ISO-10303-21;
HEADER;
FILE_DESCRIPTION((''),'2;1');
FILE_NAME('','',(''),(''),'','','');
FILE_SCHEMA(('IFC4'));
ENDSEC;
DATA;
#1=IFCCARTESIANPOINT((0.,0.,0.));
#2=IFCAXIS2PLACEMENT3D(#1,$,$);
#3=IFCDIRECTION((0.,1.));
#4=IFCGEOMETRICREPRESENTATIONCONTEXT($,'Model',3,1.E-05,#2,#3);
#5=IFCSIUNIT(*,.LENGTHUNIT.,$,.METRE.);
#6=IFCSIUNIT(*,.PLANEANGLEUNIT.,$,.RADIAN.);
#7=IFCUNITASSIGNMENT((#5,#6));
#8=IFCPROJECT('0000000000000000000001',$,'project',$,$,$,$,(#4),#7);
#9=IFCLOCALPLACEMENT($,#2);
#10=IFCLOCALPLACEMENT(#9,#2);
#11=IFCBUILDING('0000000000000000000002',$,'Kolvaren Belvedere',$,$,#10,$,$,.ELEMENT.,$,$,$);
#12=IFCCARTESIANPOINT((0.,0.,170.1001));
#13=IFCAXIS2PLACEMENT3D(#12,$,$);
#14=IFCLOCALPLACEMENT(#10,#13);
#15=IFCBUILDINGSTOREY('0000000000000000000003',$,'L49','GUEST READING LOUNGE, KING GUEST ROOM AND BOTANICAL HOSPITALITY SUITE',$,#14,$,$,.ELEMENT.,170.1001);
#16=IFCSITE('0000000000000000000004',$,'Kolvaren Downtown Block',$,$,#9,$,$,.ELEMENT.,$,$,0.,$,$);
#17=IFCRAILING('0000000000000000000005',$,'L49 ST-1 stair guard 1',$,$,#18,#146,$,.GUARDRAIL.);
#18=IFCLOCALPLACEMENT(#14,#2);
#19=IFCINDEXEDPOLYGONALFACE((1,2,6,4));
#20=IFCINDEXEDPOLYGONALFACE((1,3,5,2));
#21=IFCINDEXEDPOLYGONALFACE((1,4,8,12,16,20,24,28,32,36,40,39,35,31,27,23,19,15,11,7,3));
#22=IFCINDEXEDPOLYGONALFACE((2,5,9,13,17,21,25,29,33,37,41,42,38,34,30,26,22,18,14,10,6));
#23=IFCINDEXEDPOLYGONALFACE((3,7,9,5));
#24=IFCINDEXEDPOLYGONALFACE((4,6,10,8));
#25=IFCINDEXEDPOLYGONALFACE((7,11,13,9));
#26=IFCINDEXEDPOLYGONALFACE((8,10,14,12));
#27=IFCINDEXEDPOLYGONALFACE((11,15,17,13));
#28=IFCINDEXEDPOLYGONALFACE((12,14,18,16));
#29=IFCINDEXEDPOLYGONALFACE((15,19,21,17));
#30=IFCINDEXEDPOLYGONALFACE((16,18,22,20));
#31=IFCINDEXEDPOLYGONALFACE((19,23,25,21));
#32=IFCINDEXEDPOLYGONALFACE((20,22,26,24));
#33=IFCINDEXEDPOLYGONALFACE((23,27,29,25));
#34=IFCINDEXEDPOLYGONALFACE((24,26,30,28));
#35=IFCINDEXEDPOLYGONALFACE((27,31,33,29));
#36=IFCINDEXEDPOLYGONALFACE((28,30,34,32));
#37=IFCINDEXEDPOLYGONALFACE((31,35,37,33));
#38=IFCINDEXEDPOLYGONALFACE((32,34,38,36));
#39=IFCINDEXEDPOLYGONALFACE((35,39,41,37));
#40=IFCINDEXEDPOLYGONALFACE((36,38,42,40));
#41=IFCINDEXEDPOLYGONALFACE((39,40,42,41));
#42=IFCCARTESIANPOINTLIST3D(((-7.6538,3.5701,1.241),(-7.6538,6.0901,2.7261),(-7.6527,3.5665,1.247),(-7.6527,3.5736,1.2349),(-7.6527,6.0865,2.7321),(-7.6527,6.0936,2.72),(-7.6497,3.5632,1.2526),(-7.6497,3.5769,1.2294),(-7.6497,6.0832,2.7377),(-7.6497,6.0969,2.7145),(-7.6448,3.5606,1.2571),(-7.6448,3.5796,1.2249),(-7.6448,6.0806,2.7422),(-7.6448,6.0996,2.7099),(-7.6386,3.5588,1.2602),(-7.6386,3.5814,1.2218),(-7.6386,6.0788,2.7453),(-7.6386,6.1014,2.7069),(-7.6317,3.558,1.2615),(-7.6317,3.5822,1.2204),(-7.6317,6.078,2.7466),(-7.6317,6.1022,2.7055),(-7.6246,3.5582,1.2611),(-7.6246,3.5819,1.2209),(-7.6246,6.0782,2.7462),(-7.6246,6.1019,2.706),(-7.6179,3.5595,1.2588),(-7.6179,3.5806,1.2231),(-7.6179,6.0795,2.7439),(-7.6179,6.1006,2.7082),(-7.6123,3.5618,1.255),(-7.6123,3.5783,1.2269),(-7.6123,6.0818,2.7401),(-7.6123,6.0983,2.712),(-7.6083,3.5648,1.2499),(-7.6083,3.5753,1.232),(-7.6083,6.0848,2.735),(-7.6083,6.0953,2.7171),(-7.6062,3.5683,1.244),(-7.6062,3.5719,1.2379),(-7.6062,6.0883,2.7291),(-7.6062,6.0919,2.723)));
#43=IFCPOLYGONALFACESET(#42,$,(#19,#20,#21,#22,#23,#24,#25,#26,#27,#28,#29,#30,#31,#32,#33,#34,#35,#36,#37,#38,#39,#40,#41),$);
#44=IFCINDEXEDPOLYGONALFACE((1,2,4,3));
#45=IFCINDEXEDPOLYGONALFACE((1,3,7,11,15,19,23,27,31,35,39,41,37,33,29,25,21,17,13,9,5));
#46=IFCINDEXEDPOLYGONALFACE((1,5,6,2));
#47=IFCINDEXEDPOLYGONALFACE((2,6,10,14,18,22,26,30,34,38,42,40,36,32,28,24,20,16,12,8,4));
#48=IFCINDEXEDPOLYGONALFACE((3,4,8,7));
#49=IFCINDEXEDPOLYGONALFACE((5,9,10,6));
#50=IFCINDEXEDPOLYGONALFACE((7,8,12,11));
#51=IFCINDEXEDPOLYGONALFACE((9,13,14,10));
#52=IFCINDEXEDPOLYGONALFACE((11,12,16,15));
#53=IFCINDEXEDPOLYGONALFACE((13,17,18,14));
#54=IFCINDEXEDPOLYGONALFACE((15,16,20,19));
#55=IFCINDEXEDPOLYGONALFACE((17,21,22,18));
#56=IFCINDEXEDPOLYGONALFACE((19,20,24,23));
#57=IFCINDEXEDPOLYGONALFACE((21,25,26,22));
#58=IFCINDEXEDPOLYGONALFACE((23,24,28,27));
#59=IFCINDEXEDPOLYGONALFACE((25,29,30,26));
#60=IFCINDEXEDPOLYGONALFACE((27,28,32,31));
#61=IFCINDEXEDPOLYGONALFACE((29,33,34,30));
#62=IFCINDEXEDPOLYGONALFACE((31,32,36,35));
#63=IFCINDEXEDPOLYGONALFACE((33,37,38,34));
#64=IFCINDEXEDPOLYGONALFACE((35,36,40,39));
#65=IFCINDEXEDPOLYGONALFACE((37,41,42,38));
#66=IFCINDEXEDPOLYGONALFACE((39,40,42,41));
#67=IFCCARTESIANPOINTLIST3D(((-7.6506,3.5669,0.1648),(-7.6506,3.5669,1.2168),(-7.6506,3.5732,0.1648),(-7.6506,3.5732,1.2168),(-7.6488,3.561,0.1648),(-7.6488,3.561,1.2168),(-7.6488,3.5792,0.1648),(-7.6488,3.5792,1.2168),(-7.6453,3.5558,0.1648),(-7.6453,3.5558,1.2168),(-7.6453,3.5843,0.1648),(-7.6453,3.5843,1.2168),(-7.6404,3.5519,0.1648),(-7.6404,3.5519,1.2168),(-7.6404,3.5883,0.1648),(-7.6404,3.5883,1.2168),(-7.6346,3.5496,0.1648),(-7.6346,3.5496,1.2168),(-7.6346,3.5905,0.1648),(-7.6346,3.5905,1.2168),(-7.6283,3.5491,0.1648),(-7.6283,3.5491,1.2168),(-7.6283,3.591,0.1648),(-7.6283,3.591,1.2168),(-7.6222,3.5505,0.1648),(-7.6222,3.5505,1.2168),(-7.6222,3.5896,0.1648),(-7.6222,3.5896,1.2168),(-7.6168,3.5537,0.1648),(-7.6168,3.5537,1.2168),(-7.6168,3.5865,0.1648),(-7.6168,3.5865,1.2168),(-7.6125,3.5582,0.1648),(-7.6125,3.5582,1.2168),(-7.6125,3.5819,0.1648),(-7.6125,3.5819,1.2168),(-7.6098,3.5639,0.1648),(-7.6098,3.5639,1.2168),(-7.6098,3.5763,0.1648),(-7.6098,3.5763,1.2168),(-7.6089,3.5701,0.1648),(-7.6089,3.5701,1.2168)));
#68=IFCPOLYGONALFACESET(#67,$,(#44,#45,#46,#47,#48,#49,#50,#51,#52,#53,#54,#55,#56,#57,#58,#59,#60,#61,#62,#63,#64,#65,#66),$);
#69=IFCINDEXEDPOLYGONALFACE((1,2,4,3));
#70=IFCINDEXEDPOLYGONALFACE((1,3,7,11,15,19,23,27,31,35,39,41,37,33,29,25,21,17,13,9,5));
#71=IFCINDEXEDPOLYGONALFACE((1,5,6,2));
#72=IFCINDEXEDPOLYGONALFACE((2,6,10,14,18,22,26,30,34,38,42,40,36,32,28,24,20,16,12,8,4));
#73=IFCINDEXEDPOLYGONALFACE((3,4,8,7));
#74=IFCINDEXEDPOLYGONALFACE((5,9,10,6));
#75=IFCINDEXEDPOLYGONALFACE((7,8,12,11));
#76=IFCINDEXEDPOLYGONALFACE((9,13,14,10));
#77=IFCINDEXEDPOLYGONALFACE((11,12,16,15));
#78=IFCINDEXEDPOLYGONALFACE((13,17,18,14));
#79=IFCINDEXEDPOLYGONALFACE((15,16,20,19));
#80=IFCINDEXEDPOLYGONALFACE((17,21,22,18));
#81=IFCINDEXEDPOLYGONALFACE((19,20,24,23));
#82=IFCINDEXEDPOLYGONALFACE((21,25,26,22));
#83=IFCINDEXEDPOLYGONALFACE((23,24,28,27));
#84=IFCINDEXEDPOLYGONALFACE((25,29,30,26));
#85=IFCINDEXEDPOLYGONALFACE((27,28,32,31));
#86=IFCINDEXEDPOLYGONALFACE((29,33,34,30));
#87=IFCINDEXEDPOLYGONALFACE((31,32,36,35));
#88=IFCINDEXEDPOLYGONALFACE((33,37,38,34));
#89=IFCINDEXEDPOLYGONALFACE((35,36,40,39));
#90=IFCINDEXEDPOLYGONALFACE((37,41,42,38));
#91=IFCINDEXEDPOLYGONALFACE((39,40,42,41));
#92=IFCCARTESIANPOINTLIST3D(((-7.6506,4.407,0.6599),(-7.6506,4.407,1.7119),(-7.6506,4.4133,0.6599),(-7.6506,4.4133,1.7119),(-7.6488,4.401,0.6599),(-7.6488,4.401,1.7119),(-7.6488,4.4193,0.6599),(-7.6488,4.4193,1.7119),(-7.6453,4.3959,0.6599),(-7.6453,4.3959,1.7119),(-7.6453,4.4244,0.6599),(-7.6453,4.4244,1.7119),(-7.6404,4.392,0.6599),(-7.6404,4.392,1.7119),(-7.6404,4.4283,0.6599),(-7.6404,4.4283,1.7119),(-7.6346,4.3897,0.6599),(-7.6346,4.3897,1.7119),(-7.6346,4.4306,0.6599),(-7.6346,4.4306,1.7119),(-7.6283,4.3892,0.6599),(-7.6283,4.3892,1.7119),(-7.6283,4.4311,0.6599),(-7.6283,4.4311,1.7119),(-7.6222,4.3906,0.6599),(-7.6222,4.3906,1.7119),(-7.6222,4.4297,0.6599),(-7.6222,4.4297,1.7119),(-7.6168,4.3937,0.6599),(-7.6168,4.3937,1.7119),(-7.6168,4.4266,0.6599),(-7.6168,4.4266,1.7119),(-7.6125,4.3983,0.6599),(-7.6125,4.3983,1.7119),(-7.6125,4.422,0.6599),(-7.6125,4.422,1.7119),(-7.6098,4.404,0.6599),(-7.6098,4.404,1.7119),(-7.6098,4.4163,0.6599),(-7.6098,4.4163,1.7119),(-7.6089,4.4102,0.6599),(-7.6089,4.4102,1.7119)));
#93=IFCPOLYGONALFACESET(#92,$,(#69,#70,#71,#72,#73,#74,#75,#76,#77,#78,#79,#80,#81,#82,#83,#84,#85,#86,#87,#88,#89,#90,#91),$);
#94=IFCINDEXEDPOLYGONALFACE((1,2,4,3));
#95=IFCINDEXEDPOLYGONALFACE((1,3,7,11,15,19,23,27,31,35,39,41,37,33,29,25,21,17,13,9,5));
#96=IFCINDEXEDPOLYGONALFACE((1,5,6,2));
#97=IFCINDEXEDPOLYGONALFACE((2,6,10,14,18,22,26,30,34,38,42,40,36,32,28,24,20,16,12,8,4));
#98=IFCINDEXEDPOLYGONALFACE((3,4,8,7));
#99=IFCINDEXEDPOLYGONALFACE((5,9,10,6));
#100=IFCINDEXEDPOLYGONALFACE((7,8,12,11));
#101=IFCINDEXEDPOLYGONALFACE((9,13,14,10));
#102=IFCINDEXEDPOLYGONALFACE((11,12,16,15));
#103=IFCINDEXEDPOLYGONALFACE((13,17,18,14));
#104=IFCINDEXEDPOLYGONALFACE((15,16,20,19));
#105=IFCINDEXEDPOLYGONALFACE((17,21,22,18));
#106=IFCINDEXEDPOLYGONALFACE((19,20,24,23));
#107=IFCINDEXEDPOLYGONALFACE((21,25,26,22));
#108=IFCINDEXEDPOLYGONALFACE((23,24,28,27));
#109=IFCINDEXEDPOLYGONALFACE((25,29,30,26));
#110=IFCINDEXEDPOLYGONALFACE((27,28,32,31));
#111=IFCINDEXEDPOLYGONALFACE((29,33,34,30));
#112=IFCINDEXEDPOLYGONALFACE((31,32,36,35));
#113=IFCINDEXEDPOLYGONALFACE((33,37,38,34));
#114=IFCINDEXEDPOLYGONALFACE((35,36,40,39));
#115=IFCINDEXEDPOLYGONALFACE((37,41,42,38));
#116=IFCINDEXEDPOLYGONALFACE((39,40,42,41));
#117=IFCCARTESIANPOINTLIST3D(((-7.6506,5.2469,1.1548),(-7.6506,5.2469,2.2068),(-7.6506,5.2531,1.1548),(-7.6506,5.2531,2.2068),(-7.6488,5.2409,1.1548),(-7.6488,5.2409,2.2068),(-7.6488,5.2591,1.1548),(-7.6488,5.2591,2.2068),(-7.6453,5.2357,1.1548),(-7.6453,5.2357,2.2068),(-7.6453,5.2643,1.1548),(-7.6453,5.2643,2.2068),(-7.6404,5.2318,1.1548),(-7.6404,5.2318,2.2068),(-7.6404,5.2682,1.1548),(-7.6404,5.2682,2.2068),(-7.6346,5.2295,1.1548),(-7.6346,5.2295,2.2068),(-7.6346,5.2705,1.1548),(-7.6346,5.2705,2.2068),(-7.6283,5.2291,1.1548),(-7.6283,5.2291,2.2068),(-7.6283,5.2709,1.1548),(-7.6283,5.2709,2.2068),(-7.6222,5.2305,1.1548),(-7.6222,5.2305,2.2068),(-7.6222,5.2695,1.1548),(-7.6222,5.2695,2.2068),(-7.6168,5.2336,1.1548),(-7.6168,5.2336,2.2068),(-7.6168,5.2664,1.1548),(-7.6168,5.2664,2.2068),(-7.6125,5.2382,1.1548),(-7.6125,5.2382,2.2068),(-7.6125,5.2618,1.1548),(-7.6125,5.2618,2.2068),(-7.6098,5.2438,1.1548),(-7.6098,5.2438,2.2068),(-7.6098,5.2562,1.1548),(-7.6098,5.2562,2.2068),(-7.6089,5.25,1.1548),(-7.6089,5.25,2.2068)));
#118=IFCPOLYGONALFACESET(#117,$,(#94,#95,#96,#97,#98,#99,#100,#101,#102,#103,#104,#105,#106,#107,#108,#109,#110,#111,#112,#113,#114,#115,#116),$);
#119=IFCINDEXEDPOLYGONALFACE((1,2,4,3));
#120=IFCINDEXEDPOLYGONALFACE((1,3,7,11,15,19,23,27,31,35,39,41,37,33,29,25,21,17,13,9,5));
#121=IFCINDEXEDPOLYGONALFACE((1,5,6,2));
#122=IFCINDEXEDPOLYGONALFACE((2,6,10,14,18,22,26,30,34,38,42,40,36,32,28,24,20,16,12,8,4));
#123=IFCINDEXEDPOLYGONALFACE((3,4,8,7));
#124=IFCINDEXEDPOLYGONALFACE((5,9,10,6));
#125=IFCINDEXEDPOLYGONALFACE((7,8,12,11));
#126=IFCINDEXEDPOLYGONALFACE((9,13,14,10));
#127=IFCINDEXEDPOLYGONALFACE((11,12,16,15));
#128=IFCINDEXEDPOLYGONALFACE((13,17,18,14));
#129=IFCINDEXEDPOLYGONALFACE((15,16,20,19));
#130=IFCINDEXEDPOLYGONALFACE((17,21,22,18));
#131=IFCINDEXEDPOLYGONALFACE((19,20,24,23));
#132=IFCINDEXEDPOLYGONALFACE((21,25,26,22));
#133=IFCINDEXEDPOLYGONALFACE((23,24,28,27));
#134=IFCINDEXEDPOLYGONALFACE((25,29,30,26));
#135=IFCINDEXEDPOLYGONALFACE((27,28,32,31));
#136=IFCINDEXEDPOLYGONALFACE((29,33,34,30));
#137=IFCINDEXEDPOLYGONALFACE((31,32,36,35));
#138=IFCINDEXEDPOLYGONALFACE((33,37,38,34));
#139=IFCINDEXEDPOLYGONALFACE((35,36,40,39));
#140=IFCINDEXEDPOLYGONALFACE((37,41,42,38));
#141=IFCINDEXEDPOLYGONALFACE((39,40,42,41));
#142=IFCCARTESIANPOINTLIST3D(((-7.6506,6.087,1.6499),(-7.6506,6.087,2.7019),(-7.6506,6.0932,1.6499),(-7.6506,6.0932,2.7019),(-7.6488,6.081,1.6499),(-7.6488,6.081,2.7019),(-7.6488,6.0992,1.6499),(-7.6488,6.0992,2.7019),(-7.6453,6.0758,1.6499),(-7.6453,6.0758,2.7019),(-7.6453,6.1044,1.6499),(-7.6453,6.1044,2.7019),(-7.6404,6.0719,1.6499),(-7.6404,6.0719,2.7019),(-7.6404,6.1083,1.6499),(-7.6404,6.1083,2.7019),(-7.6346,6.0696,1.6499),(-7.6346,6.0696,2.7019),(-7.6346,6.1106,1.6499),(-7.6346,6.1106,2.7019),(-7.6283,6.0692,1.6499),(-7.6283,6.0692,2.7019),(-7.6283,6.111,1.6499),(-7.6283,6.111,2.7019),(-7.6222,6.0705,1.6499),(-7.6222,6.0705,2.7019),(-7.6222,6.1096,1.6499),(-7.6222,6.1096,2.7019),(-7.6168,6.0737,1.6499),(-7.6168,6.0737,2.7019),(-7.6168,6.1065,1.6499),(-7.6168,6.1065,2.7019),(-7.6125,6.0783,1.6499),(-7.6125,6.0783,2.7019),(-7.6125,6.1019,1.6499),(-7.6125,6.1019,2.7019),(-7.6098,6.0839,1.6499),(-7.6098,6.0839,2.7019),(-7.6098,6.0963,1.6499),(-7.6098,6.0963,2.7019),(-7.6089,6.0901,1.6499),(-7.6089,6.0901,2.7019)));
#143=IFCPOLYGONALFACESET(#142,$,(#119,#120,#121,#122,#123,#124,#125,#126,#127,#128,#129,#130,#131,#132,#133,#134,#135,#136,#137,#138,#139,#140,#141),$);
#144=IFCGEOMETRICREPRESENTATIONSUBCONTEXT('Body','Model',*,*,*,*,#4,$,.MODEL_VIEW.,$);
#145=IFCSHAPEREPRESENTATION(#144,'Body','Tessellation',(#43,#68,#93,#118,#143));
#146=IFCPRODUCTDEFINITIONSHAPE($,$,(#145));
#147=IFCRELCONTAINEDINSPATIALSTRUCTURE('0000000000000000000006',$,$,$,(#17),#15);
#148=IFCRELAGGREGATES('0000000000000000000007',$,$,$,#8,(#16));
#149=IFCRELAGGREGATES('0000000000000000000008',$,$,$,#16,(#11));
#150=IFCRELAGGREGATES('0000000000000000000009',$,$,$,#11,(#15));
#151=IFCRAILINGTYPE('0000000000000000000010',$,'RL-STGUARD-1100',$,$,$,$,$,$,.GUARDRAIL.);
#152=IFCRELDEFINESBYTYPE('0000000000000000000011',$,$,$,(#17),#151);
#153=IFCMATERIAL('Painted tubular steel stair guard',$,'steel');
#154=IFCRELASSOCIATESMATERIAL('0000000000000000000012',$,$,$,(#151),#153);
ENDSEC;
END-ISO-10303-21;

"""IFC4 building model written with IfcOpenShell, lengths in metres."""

from ifc_helpers import new_model, si_unit, direction, frame, origin, origin_2d, place, context, subcontext, project, spatial, circle, extrude, material, type_object, element, save


model = new_model("IFC4")

# Units and contexts
model_context = context("Model", 3, precision=1e-05, world=origin(), true_north=direction((0.0, 1.0)))
body_context = subcontext(model_context, "Body", "Model", "MODEL_VIEW")
ifc_project = project(units=[si_unit("LENGTHUNIT", "METRE"), si_unit("PLANEANGLEUNIT", "RADIAN")], contexts=[model_context])

# Site, building, storey
site_placement = place(None, origin())
site = spatial("IfcSite", under=ifc_project, at=site_placement, Name="Kolvaren Downtown Block", CompositionType="ELEMENT", RefElevation=0.0)
building_placement = place(site_placement, origin())
building = spatial("IfcBuilding", under=site, at=building_placement, Name="Kolvaren Belvedere", CompositionType="ELEMENT")
storey_placement = place(building_placement, frame((0.0, 0.0, 170.1001)))
storey = spatial("IfcBuildingStorey", under=building, at=storey_placement, Name="L49", Description="GUEST READING LOUNGE, KING GUEST ROOM AND BOTANICAL HOSPITALITY SUITE", CompositionType="ELEMENT", Elevation=170.1001)

# Railing
ifc_material_1 = material(Name="Painted tubular steel stair guard", Category="steel")
railing_type_1 = type_object("IfcRailingType", Name="RL-STGUARD-1100", PredefinedType="GUARDRAIL", material=ifc_material_1)
railing_1_placement = place(storey_placement, frame((-7.6299, 3.5701, 0.1648)))
element("IfcRailing", 1, at=railing_1_placement, inside=storey, type_object=railing_type_1, Name="L49 ST-1 stair guard 1", PredefinedType="GUARDRAIL", context=body_context, shape_type="SweptSolid", body=[
    extrude(circle(Radius=0.0239, at=origin_2d()), frame((0.0, 0.0, 1.0762), z_axis=(0.0, 0.861524, 0.507717), x_axis=(-1.0, 0.0, 0.0)), (0.0, 0.0, 1.0), 2.925),
    extrude(circle(Radius=0.021, at=origin_2d()), origin(), (0.0, 0.0, 1.0), 1.052),
    extrude(circle(Radius=0.021, at=origin_2d()), frame((0.0, 0.8401, 0.4951)), (0.0, 0.0, 1.0), 1.052),
    extrude(circle(Radius=0.021, at=origin_2d()), frame((0.0, 1.6799, 0.99)), (0.0, 0.0, 1.0), 1.052),
    extrude(circle(Radius=0.021, at=origin_2d()), frame((0.0, 2.52, 1.4851)), (0.0, 0.0, 1.0), 1.052),
])

save(model, "model.ifc")
